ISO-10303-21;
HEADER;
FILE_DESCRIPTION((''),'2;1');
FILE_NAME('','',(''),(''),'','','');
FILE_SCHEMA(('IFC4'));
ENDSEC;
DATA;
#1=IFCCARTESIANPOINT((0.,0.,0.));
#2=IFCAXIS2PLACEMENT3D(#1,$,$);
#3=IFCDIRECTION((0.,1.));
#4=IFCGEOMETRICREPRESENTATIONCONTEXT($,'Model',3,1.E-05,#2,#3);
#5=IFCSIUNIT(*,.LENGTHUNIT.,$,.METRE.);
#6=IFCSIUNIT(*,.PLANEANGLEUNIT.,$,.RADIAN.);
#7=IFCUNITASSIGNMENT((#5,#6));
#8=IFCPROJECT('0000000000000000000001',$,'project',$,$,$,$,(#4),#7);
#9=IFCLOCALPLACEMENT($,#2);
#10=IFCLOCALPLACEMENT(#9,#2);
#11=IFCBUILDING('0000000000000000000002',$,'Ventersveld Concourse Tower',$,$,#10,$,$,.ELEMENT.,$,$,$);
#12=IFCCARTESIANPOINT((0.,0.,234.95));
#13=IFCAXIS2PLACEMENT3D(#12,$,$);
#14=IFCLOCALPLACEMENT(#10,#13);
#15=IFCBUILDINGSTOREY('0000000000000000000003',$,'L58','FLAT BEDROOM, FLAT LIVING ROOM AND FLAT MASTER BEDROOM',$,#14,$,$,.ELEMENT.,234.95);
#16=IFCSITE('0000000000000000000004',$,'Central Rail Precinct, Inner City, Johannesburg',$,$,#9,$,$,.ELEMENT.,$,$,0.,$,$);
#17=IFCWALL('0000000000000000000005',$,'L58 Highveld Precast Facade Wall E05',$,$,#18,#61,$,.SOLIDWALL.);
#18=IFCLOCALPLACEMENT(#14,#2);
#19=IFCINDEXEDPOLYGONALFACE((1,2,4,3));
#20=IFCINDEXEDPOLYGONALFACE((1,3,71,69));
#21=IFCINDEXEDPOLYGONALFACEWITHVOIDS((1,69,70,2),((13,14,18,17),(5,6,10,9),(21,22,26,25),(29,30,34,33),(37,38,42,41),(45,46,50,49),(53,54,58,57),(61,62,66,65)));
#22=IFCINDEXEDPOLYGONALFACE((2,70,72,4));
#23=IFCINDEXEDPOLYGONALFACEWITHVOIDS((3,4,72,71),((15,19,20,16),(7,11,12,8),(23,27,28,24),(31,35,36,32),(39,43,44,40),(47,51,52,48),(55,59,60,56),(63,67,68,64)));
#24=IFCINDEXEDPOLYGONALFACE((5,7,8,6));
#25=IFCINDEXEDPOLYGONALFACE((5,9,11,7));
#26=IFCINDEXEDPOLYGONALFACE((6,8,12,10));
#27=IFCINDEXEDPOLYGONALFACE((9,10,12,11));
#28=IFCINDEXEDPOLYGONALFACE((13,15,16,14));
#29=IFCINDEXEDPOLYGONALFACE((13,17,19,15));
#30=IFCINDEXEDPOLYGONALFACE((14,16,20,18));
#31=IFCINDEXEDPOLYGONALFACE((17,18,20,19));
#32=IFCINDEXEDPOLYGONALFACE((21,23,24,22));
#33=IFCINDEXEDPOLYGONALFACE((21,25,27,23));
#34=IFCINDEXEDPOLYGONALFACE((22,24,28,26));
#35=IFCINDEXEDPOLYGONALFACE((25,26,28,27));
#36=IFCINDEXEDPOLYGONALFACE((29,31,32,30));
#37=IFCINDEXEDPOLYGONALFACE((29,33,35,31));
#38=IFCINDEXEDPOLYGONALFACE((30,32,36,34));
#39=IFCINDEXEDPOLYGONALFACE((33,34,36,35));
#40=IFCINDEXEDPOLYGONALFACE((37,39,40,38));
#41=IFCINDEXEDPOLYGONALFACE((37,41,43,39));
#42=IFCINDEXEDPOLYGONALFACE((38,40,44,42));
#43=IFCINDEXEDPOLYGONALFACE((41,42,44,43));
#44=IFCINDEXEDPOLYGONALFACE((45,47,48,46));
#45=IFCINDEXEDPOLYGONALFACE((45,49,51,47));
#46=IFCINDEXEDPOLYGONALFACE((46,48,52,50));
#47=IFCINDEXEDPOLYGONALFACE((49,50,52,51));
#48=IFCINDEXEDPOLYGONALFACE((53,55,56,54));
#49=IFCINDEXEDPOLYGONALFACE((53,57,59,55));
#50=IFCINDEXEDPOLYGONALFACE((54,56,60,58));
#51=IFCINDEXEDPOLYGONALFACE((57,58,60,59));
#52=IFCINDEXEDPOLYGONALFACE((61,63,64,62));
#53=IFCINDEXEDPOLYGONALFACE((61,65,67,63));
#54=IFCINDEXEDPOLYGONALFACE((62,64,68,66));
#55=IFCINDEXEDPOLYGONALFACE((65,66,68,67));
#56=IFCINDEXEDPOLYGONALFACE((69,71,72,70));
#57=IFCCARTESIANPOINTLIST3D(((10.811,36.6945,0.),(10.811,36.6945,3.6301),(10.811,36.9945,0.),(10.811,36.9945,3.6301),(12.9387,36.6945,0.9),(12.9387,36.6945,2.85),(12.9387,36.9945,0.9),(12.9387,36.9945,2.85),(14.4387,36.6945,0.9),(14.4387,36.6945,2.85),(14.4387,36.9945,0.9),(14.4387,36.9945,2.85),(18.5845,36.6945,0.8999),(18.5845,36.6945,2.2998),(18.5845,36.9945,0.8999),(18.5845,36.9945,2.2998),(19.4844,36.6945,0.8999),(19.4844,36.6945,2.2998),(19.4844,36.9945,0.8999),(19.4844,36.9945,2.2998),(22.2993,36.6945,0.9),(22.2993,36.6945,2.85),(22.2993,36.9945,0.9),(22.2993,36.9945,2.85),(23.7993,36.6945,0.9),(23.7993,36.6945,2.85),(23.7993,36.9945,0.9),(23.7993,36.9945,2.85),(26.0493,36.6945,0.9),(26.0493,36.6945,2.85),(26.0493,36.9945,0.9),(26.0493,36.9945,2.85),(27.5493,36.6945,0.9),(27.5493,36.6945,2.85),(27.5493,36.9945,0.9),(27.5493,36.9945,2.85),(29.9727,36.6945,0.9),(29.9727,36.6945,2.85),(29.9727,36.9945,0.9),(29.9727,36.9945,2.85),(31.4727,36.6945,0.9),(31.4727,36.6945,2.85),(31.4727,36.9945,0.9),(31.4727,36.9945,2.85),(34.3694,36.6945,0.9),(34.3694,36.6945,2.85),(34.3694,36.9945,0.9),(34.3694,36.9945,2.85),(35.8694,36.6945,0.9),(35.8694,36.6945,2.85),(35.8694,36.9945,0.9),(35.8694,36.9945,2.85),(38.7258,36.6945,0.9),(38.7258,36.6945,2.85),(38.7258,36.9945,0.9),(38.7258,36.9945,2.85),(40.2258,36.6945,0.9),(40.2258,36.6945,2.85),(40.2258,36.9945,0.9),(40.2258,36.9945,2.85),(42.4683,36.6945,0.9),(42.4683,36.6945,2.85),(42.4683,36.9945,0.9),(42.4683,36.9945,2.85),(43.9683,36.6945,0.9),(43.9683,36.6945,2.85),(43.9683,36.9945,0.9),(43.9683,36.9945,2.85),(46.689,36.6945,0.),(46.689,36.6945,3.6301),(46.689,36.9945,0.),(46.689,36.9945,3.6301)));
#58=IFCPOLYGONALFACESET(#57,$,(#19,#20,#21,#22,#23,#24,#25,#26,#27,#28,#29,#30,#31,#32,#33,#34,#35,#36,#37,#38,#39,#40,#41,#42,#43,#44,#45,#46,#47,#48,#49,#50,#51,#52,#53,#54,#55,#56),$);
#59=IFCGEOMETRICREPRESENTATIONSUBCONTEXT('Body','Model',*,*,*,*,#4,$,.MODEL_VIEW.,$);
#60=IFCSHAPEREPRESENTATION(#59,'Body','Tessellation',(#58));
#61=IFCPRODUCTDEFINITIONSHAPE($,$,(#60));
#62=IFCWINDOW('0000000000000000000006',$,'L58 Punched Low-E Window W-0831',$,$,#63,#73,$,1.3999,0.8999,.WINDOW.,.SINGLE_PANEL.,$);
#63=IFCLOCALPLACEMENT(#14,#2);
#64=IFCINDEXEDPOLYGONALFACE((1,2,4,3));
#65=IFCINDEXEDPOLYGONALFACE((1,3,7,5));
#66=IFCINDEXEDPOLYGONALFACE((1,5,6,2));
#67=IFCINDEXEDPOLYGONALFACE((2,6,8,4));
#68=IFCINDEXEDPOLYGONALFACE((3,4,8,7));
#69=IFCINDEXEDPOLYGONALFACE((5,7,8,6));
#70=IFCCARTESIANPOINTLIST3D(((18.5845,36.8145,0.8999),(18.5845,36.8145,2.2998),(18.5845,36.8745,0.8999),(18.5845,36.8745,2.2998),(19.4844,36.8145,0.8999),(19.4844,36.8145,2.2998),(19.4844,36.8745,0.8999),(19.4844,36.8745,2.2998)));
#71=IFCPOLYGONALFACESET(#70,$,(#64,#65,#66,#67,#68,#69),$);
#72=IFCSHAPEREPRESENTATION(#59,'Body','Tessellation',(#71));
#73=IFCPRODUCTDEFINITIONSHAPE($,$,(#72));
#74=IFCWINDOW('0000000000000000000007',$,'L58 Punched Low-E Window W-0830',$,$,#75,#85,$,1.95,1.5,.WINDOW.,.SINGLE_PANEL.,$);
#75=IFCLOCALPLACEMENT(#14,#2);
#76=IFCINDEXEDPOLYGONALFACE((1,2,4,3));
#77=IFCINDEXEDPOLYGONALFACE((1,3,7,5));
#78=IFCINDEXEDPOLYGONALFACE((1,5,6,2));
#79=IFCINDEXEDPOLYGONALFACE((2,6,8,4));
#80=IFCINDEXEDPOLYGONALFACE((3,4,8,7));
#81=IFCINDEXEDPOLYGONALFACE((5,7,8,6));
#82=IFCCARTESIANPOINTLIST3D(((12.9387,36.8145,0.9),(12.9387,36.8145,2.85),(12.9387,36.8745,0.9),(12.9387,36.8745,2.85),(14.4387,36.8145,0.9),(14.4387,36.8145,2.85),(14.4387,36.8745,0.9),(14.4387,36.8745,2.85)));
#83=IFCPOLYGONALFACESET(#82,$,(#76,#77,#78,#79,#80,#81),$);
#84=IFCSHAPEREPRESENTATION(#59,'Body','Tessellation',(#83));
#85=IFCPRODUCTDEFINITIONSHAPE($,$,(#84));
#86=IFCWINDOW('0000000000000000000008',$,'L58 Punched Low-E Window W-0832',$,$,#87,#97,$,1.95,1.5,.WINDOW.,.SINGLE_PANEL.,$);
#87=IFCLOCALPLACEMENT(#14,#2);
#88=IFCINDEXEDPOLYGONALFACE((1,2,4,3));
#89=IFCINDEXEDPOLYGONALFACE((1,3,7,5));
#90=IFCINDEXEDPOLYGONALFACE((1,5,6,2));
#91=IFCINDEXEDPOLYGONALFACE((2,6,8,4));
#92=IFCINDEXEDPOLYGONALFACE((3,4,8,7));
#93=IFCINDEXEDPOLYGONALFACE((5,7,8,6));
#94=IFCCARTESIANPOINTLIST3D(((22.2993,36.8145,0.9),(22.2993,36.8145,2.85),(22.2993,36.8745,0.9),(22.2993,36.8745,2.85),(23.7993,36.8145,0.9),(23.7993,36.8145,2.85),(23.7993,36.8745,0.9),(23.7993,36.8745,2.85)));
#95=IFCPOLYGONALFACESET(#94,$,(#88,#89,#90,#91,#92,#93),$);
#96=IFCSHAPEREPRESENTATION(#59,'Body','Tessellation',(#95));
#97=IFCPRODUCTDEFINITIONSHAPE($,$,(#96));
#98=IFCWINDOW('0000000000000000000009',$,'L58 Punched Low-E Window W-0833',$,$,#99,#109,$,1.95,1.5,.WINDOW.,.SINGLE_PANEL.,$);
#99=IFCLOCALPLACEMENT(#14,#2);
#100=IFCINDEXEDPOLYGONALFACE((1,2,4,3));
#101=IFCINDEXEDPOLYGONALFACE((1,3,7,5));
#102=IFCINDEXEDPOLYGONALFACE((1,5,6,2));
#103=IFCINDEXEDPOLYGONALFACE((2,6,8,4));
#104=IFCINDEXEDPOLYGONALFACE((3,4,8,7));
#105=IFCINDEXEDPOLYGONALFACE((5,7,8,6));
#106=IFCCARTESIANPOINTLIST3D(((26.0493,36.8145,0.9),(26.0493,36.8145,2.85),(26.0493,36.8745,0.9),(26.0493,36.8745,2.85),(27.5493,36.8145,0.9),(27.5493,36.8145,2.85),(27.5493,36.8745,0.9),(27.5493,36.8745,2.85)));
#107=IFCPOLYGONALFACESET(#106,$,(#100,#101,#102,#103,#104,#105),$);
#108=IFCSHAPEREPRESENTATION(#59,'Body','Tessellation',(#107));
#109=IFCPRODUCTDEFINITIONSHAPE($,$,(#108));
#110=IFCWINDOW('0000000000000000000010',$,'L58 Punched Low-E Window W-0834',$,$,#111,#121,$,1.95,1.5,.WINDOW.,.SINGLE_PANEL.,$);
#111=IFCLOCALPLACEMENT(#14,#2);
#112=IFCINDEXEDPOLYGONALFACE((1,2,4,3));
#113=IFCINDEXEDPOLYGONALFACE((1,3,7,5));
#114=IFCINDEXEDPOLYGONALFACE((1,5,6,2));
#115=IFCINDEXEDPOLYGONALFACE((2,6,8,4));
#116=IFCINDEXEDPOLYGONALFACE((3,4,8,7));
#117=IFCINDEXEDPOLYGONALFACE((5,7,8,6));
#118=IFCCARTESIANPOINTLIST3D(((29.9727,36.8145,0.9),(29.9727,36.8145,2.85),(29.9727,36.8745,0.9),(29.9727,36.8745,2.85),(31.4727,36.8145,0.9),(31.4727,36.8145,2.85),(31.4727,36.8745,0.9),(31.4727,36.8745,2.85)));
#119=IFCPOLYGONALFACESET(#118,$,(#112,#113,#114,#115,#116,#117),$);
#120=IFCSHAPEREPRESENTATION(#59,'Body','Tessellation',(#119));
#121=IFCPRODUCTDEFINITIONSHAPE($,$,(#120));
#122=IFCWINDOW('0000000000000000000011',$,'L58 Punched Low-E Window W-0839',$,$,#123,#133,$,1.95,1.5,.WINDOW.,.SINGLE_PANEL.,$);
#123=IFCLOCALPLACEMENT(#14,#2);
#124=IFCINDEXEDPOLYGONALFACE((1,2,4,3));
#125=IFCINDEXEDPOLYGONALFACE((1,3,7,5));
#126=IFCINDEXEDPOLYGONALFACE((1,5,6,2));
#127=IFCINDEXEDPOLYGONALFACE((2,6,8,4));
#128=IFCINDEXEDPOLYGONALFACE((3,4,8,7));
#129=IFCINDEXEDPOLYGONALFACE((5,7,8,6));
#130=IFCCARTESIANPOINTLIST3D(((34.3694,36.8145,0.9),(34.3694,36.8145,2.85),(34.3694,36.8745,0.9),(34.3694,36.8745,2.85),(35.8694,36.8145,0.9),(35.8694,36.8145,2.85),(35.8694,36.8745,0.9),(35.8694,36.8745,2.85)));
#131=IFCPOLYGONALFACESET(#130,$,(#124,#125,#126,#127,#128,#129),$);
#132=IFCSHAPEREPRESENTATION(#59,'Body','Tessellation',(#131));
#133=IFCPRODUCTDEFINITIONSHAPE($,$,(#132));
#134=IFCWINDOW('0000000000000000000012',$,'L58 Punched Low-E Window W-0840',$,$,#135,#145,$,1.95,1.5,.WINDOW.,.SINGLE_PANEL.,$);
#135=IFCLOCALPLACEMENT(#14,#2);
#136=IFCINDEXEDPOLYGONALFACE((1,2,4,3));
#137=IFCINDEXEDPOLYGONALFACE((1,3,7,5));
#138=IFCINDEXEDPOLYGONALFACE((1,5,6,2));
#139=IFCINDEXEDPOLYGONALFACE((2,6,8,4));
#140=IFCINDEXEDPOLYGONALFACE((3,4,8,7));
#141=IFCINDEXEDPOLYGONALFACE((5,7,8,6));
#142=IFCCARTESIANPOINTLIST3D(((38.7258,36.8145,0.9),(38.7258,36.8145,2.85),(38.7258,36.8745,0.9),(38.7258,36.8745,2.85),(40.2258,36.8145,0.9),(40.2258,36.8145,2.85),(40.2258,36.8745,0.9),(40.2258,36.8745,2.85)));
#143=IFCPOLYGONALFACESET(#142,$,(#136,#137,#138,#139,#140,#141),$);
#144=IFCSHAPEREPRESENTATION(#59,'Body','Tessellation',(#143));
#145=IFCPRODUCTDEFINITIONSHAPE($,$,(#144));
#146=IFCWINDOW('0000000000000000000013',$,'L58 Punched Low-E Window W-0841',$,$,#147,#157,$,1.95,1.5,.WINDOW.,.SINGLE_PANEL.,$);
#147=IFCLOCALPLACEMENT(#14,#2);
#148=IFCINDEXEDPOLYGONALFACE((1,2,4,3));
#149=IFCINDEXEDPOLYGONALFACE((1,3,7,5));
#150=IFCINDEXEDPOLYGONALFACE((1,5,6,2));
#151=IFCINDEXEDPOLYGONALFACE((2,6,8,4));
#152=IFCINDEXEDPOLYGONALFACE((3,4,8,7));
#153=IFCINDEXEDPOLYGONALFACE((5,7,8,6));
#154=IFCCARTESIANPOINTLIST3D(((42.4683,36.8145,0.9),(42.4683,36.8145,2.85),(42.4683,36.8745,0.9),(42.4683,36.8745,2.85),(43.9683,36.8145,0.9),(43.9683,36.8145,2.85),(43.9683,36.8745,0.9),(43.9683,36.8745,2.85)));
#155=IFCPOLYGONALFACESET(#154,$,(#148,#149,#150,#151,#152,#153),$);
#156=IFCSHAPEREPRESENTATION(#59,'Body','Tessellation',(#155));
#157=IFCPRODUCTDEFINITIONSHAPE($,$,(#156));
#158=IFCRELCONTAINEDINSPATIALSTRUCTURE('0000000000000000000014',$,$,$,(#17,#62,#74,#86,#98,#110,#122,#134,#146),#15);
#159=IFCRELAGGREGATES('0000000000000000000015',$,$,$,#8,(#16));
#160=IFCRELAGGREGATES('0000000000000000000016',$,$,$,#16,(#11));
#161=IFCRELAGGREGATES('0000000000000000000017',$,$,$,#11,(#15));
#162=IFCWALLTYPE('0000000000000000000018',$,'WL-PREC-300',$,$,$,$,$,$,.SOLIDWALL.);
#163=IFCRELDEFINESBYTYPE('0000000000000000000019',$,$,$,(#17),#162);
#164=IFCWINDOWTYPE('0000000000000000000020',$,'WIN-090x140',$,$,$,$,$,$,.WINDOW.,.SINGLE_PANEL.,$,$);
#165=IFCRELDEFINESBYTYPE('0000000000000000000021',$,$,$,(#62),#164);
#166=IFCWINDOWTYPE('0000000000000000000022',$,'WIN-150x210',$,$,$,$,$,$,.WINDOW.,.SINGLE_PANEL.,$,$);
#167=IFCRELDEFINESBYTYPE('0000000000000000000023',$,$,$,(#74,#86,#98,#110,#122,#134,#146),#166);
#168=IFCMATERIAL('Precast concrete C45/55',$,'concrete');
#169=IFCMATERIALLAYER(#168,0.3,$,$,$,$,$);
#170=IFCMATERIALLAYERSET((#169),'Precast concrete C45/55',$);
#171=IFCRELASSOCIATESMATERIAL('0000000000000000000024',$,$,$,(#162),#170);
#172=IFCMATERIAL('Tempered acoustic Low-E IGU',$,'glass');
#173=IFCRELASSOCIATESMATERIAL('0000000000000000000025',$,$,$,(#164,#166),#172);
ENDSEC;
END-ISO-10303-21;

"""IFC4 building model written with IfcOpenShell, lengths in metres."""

from ifc_helpers import new_model, si_unit, direction, frame, frame_2d, origin, place, context, subcontext, project, spatial, rectangle, extrude, material, layer, layer_set, type_object, element, fill, save


model = new_model("IFC4")

# Units and contexts
model_context = context("Model", 3, precision=1e-05, world=origin(), true_north=direction((0.0, 1.0)))
body_context = subcontext(model_context, "Body", "Model", "MODEL_VIEW")
ifc_project = project(units=[si_unit("LENGTHUNIT", "METRE"), si_unit("PLANEANGLEUNIT", "RADIAN")], contexts=[model_context])

# Site, building, storey
site_placement = place(None, origin())
site = spatial("IfcSite", under=ifc_project, at=site_placement, Name="Central Rail Precinct, Inner City, Johannesburg", CompositionType="ELEMENT", RefElevation=0.0)
building_placement = place(site_placement, origin())
building = spatial("IfcBuilding", under=site, at=building_placement, Name="Ventersveld Concourse Tower", CompositionType="ELEMENT")
storey_placement = place(building_placement, frame((0.0, 0.0, 234.95)))
storey = spatial("IfcBuildingStorey", under=building, at=storey_placement, Name="L58", Description="FLAT BEDROOM, FLAT LIVING ROOM AND FLAT MASTER BEDROOM", CompositionType="ELEMENT", Elevation=234.95)

# Shared definitions
ifc_material_1 = material(Name="Precast concrete C45/55", Category="concrete")
ifc_layer_1 = layer(ifc_material_1, 0.3)
ifc_layer_set_1 = layer_set([ifc_layer_1], Name="Precast concrete C45/55")
wall_type_1 = type_object("IfcWallType", Name="WL-PREC-300", PredefinedType="SOLIDWALL", material=ifc_layer_set_1)

# Wall, openings, windows
wall_1_placement = place(storey_placement, frame((46.689, 36.8445, 0.0), z_axis=(0.0, 0.0, 1.0), x_axis=(-1.0, 0.0, 0.0)))
wall_1 = element("IfcWall", 1, at=wall_1_placement, inside=storey, type_object=wall_type_1, Name="L58 Highveld Precast Facade Wall E05", PredefinedType="SOLIDWALL", context=body_context, shape_type="SweptSolid", body=[
    extrude(rectangle(XDim=35.8779, YDim=0.3, at=frame_2d((17.939, 0.0))), origin(), (0.0, 0.0, 1.0), 3.6301),
])
opening_1_placement = place(wall_1_placement, frame((32.2502, 0.0, 0.8999)))
opening_1 = element("IfcOpeningElement", 2, at=opening_1_placement, cuts=wall_1, PredefinedType="OPENING", context=body_context, shape_type="SweptSolid", body=[
    extrude(rectangle(XDim=1.5, YDim=1.95, at=frame_2d((0.75, 0.9751))), frame((0.0, 0.1602, 0.0), z_axis=(0.0, -1.0, 0.0), x_axis=(1.0, 0.0, 0.0)), (0.0, 0.0, 1.0), 0.3201),
])
opening_2_placement = place(wall_1_placement, frame((27.2046, 0.0, 0.8999)))
opening_2 = element("IfcOpeningElement", 3, at=opening_2_placement, cuts=wall_1, PredefinedType="OPENING", context=body_context, shape_type="SweptSolid", body=[
    extrude(rectangle(XDim=0.8999, YDim=1.3999, at=frame_2d((0.45, 0.7))), frame((0.0, 0.1602, 0.0), z_axis=(0.0, -1.0, 0.0), x_axis=(1.0, 0.0, 0.0)), (0.0, 0.0, 1.0), 0.3201),
])
opening_3_placement = place(wall_1_placement, frame((22.8896, 0.0, 0.8999)))
opening_3 = element("IfcOpeningElement", 4, at=opening_3_placement, cuts=wall_1, PredefinedType="OPENING", context=body_context, shape_type="SweptSolid", body=[
    extrude(rectangle(XDim=1.5, YDim=1.95, at=frame_2d((0.75, 0.9751))), frame((0.0, 0.1602, 0.0), z_axis=(0.0, -1.0, 0.0), x_axis=(1.0, 0.0, 0.0)), (0.0, 0.0, 1.0), 0.3201),
])
opening_4_placement = place(wall_1_placement, frame((19.1396, 0.0, 0.8999)))
opening_4 = element("IfcOpeningElement", 5, at=opening_4_placement, cuts=wall_1, PredefinedType="OPENING", context=body_context, shape_type="SweptSolid", body=[
    extrude(rectangle(XDim=1.5, YDim=1.95, at=frame_2d((0.75, 0.9751))), frame((0.0, 0.1602, 0.0), z_axis=(0.0, -1.0, 0.0), x_axis=(1.0, 0.0, 0.0)), (0.0, 0.0, 1.0), 0.3201),
])
opening_5_placement = place(wall_1_placement, frame((15.2163, 0.0, 0.8999)))
opening_5 = element("IfcOpeningElement", 6, at=opening_5_placement, cuts=wall_1, PredefinedType="OPENING", context=body_context, shape_type="SweptSolid", body=[
    extrude(rectangle(XDim=1.5, YDim=1.95, at=frame_2d((0.75, 0.9751))), frame((0.0, 0.1602, 0.0), z_axis=(0.0, -1.0, 0.0), x_axis=(1.0, 0.0, 0.0)), (0.0, 0.0, 1.0), 0.3201),
])
opening_6_placement = place(wall_1_placement, frame((10.8196, 0.0, 0.8999)))
opening_6 = element("IfcOpeningElement", 7, at=opening_6_placement, cuts=wall_1, PredefinedType="OPENING", context=body_context, shape_type="SweptSolid", body=[
    extrude(rectangle(XDim=1.5, YDim=1.95, at=frame_2d((0.75, 0.9751))), frame((0.0, 0.1602, 0.0), z_axis=(0.0, -1.0, 0.0), x_axis=(1.0, 0.0, 0.0)), (0.0, 0.0, 1.0), 0.3201),
])
opening_7_placement = place(wall_1_placement, frame((6.4631, 0.0, 0.8999)))
opening_7 = element("IfcOpeningElement", 8, at=opening_7_placement, cuts=wall_1, PredefinedType="OPENING", context=body_context, shape_type="SweptSolid", body=[
    extrude(rectangle(XDim=1.5, YDim=1.95, at=frame_2d((0.75, 0.9751))), frame((0.0, 0.1602, 0.0), z_axis=(0.0, -1.0, 0.0), x_axis=(1.0, 0.0, 0.0)), (0.0, 0.0, 1.0), 0.3201),
])
opening_8_placement = place(wall_1_placement, frame((2.7207, 0.0, 0.8999)))
opening_8 = element("IfcOpeningElement", 9, at=opening_8_placement, cuts=wall_1, PredefinedType="OPENING", context=body_context, shape_type="SweptSolid", body=[
    extrude(rectangle(XDim=1.5, YDim=1.95, at=frame_2d((0.75, 0.9751))), frame((0.0, 0.1602, 0.0), z_axis=(0.0, -1.0, 0.0), x_axis=(1.0, 0.0, 0.0)), (0.0, 0.0, 1.0), 0.3201),
])
ifc_material_2 = material(Name="Tempered acoustic Low-E IGU", Category="glass")
window_type_1 = type_object("IfcWindowType", Name="WIN-090x140", PartitioningType="SINGLE_PANEL", PredefinedType="WINDOW", material=ifc_material_2)
window_1_placement = place(opening_2_placement, origin())
window_1 = element("IfcWindow", 10, at=window_1_placement, inside=storey, type_object=window_type_1, Name="L58 Punched Low-E Window W-0831", OverallHeight=1.3999, OverallWidth=0.8999, PartitioningType="SINGLE_PANEL", PredefinedType="WINDOW", context=body_context, shape_type="SweptSolid", body=[
    extrude(rectangle(XDim=0.8999, YDim=1.3999, at=frame_2d((0.45, 0.7))), frame((0.0, 0.03, 0.0), z_axis=(0.0, -1.0, 0.0), x_axis=(1.0, 0.0, 0.0)), (0.0, 0.0, 1.0), 0.0601),
])
fill(opening_2, window_1)
window_type_2 = type_object("IfcWindowType", Name="WIN-150x210", PartitioningType="SINGLE_PANEL", PredefinedType="WINDOW", material=ifc_material_2)
window_2_placement = place(opening_1_placement, origin())
window_2 = element("IfcWindow", 11, at=window_2_placement, inside=storey, type_object=window_type_2, Name="L58 Punched Low-E Window W-0830", OverallHeight=1.95, OverallWidth=1.5, PartitioningType="SINGLE_PANEL", PredefinedType="WINDOW", context=body_context, shape_type="SweptSolid", body=[
    extrude(rectangle(XDim=1.5, YDim=1.95, at=frame_2d((0.75, 0.9751))), frame((0.0, 0.03, 0.0), z_axis=(0.0, -1.0, 0.0), x_axis=(1.0, 0.0, 0.0)), (0.0, 0.0, 1.0), 0.0601),
])
fill(opening_1, window_2)
window_3_placement = place(opening_3_placement, origin())
window_3 = element("IfcWindow", 12, at=window_3_placement, inside=storey, type_object=window_type_2, Name="L58 Punched Low-E Window W-0832", OverallHeight=1.95, OverallWidth=1.5, PartitioningType="SINGLE_PANEL", PredefinedType="WINDOW", context=body_context, shape_type="SweptSolid", body=[
    extrude(rectangle(XDim=1.5, YDim=1.95, at=frame_2d((0.75, 0.9751))), frame((0.0, 0.03, 0.0), z_axis=(0.0, -1.0, 0.0), x_axis=(1.0, 0.0, 0.0)), (0.0, 0.0, 1.0), 0.0601),
])
fill(opening_3, window_3)
window_4_placement = place(opening_4_placement, origin())
window_4 = element("IfcWindow", 13, at=window_4_placement, inside=storey, type_object=window_type_2, Name="L58 Punched Low-E Window W-0833", OverallHeight=1.95, OverallWidth=1.5, PartitioningType="SINGLE_PANEL", PredefinedType="WINDOW", context=body_context, shape_type="SweptSolid", body=[
    extrude(rectangle(XDim=1.5, YDim=1.95, at=frame_2d((0.75, 0.9751))), frame((0.0, 0.03, 0.0), z_axis=(0.0, -1.0, 0.0), x_axis=(1.0, 0.0, 0.0)), (0.0, 0.0, 1.0), 0.0601),
])
fill(opening_4, window_4)
window_5_placement = place(opening_5_placement, origin())
window_5 = element("IfcWindow", 14, at=window_5_placement, inside=storey, type_object=window_type_2, Name="L58 Punched Low-E Window W-0834", OverallHeight=1.95, OverallWidth=1.5, PartitioningType="SINGLE_PANEL", PredefinedType="WINDOW", context=body_context, shape_type="SweptSolid", body=[
    extrude(rectangle(XDim=1.5, YDim=1.95, at=frame_2d((0.75, 0.9751))), frame((0.0, 0.03, 0.0), z_axis=(0.0, -1.0, 0.0), x_axis=(1.0, 0.0, 0.0)), (0.0, 0.0, 1.0), 0.0601),
])
fill(opening_5, window_5)
window_6_placement = place(opening_6_placement, origin())
window_6 = element("IfcWindow", 15, at=window_6_placement, inside=storey, type_object=window_type_2, Name="L58 Punched Low-E Window W-0839", OverallHeight=1.95, OverallWidth=1.5, PartitioningType="SINGLE_PANEL", PredefinedType="WINDOW", context=body_context, shape_type="SweptSolid", body=[
    extrude(rectangle(XDim=1.5, YDim=1.95, at=frame_2d((0.75, 0.9751))), frame((0.0, 0.03, 0.0), z_axis=(0.0, -1.0, 0.0), x_axis=(1.0, 0.0, 0.0)), (0.0, 0.0, 1.0), 0.0601),
])
fill(opening_6, window_6)
window_7_placement = place(opening_7_placement, origin())
window_7 = element("IfcWindow", 16, at=window_7_placement, inside=storey, type_object=window_type_2, Name="L58 Punched Low-E Window W-0840", OverallHeight=1.95, OverallWidth=1.5, PartitioningType="SINGLE_PANEL", PredefinedType="WINDOW", context=body_context, shape_type="SweptSolid", body=[
    extrude(rectangle(XDim=1.5, YDim=1.95, at=frame_2d((0.75, 0.9751))), frame((0.0, 0.03, 0.0), z_axis=(0.0, -1.0, 0.0), x_axis=(1.0, 0.0, 0.0)), (0.0, 0.0, 1.0), 0.0601),
])
fill(opening_7, window_7)
window_8_placement = place(opening_8_placement, origin())
window_8 = element("IfcWindow", 17, at=window_8_placement, inside=storey, type_object=window_type_2, Name="L58 Punched Low-E Window W-0841", OverallHeight=1.95, OverallWidth=1.5, PartitioningType="SINGLE_PANEL", PredefinedType="WINDOW", context=body_context, shape_type="SweptSolid", body=[
    extrude(rectangle(XDim=1.5, YDim=1.95, at=frame_2d((0.75, 0.9751))), frame((0.0, 0.03, 0.0), z_axis=(0.0, -1.0, 0.0), x_axis=(1.0, 0.0, 0.0)), (0.0, 0.0, 1.0), 0.0601),
])
fill(opening_8, window_8)

save(model, "model.ifc")
